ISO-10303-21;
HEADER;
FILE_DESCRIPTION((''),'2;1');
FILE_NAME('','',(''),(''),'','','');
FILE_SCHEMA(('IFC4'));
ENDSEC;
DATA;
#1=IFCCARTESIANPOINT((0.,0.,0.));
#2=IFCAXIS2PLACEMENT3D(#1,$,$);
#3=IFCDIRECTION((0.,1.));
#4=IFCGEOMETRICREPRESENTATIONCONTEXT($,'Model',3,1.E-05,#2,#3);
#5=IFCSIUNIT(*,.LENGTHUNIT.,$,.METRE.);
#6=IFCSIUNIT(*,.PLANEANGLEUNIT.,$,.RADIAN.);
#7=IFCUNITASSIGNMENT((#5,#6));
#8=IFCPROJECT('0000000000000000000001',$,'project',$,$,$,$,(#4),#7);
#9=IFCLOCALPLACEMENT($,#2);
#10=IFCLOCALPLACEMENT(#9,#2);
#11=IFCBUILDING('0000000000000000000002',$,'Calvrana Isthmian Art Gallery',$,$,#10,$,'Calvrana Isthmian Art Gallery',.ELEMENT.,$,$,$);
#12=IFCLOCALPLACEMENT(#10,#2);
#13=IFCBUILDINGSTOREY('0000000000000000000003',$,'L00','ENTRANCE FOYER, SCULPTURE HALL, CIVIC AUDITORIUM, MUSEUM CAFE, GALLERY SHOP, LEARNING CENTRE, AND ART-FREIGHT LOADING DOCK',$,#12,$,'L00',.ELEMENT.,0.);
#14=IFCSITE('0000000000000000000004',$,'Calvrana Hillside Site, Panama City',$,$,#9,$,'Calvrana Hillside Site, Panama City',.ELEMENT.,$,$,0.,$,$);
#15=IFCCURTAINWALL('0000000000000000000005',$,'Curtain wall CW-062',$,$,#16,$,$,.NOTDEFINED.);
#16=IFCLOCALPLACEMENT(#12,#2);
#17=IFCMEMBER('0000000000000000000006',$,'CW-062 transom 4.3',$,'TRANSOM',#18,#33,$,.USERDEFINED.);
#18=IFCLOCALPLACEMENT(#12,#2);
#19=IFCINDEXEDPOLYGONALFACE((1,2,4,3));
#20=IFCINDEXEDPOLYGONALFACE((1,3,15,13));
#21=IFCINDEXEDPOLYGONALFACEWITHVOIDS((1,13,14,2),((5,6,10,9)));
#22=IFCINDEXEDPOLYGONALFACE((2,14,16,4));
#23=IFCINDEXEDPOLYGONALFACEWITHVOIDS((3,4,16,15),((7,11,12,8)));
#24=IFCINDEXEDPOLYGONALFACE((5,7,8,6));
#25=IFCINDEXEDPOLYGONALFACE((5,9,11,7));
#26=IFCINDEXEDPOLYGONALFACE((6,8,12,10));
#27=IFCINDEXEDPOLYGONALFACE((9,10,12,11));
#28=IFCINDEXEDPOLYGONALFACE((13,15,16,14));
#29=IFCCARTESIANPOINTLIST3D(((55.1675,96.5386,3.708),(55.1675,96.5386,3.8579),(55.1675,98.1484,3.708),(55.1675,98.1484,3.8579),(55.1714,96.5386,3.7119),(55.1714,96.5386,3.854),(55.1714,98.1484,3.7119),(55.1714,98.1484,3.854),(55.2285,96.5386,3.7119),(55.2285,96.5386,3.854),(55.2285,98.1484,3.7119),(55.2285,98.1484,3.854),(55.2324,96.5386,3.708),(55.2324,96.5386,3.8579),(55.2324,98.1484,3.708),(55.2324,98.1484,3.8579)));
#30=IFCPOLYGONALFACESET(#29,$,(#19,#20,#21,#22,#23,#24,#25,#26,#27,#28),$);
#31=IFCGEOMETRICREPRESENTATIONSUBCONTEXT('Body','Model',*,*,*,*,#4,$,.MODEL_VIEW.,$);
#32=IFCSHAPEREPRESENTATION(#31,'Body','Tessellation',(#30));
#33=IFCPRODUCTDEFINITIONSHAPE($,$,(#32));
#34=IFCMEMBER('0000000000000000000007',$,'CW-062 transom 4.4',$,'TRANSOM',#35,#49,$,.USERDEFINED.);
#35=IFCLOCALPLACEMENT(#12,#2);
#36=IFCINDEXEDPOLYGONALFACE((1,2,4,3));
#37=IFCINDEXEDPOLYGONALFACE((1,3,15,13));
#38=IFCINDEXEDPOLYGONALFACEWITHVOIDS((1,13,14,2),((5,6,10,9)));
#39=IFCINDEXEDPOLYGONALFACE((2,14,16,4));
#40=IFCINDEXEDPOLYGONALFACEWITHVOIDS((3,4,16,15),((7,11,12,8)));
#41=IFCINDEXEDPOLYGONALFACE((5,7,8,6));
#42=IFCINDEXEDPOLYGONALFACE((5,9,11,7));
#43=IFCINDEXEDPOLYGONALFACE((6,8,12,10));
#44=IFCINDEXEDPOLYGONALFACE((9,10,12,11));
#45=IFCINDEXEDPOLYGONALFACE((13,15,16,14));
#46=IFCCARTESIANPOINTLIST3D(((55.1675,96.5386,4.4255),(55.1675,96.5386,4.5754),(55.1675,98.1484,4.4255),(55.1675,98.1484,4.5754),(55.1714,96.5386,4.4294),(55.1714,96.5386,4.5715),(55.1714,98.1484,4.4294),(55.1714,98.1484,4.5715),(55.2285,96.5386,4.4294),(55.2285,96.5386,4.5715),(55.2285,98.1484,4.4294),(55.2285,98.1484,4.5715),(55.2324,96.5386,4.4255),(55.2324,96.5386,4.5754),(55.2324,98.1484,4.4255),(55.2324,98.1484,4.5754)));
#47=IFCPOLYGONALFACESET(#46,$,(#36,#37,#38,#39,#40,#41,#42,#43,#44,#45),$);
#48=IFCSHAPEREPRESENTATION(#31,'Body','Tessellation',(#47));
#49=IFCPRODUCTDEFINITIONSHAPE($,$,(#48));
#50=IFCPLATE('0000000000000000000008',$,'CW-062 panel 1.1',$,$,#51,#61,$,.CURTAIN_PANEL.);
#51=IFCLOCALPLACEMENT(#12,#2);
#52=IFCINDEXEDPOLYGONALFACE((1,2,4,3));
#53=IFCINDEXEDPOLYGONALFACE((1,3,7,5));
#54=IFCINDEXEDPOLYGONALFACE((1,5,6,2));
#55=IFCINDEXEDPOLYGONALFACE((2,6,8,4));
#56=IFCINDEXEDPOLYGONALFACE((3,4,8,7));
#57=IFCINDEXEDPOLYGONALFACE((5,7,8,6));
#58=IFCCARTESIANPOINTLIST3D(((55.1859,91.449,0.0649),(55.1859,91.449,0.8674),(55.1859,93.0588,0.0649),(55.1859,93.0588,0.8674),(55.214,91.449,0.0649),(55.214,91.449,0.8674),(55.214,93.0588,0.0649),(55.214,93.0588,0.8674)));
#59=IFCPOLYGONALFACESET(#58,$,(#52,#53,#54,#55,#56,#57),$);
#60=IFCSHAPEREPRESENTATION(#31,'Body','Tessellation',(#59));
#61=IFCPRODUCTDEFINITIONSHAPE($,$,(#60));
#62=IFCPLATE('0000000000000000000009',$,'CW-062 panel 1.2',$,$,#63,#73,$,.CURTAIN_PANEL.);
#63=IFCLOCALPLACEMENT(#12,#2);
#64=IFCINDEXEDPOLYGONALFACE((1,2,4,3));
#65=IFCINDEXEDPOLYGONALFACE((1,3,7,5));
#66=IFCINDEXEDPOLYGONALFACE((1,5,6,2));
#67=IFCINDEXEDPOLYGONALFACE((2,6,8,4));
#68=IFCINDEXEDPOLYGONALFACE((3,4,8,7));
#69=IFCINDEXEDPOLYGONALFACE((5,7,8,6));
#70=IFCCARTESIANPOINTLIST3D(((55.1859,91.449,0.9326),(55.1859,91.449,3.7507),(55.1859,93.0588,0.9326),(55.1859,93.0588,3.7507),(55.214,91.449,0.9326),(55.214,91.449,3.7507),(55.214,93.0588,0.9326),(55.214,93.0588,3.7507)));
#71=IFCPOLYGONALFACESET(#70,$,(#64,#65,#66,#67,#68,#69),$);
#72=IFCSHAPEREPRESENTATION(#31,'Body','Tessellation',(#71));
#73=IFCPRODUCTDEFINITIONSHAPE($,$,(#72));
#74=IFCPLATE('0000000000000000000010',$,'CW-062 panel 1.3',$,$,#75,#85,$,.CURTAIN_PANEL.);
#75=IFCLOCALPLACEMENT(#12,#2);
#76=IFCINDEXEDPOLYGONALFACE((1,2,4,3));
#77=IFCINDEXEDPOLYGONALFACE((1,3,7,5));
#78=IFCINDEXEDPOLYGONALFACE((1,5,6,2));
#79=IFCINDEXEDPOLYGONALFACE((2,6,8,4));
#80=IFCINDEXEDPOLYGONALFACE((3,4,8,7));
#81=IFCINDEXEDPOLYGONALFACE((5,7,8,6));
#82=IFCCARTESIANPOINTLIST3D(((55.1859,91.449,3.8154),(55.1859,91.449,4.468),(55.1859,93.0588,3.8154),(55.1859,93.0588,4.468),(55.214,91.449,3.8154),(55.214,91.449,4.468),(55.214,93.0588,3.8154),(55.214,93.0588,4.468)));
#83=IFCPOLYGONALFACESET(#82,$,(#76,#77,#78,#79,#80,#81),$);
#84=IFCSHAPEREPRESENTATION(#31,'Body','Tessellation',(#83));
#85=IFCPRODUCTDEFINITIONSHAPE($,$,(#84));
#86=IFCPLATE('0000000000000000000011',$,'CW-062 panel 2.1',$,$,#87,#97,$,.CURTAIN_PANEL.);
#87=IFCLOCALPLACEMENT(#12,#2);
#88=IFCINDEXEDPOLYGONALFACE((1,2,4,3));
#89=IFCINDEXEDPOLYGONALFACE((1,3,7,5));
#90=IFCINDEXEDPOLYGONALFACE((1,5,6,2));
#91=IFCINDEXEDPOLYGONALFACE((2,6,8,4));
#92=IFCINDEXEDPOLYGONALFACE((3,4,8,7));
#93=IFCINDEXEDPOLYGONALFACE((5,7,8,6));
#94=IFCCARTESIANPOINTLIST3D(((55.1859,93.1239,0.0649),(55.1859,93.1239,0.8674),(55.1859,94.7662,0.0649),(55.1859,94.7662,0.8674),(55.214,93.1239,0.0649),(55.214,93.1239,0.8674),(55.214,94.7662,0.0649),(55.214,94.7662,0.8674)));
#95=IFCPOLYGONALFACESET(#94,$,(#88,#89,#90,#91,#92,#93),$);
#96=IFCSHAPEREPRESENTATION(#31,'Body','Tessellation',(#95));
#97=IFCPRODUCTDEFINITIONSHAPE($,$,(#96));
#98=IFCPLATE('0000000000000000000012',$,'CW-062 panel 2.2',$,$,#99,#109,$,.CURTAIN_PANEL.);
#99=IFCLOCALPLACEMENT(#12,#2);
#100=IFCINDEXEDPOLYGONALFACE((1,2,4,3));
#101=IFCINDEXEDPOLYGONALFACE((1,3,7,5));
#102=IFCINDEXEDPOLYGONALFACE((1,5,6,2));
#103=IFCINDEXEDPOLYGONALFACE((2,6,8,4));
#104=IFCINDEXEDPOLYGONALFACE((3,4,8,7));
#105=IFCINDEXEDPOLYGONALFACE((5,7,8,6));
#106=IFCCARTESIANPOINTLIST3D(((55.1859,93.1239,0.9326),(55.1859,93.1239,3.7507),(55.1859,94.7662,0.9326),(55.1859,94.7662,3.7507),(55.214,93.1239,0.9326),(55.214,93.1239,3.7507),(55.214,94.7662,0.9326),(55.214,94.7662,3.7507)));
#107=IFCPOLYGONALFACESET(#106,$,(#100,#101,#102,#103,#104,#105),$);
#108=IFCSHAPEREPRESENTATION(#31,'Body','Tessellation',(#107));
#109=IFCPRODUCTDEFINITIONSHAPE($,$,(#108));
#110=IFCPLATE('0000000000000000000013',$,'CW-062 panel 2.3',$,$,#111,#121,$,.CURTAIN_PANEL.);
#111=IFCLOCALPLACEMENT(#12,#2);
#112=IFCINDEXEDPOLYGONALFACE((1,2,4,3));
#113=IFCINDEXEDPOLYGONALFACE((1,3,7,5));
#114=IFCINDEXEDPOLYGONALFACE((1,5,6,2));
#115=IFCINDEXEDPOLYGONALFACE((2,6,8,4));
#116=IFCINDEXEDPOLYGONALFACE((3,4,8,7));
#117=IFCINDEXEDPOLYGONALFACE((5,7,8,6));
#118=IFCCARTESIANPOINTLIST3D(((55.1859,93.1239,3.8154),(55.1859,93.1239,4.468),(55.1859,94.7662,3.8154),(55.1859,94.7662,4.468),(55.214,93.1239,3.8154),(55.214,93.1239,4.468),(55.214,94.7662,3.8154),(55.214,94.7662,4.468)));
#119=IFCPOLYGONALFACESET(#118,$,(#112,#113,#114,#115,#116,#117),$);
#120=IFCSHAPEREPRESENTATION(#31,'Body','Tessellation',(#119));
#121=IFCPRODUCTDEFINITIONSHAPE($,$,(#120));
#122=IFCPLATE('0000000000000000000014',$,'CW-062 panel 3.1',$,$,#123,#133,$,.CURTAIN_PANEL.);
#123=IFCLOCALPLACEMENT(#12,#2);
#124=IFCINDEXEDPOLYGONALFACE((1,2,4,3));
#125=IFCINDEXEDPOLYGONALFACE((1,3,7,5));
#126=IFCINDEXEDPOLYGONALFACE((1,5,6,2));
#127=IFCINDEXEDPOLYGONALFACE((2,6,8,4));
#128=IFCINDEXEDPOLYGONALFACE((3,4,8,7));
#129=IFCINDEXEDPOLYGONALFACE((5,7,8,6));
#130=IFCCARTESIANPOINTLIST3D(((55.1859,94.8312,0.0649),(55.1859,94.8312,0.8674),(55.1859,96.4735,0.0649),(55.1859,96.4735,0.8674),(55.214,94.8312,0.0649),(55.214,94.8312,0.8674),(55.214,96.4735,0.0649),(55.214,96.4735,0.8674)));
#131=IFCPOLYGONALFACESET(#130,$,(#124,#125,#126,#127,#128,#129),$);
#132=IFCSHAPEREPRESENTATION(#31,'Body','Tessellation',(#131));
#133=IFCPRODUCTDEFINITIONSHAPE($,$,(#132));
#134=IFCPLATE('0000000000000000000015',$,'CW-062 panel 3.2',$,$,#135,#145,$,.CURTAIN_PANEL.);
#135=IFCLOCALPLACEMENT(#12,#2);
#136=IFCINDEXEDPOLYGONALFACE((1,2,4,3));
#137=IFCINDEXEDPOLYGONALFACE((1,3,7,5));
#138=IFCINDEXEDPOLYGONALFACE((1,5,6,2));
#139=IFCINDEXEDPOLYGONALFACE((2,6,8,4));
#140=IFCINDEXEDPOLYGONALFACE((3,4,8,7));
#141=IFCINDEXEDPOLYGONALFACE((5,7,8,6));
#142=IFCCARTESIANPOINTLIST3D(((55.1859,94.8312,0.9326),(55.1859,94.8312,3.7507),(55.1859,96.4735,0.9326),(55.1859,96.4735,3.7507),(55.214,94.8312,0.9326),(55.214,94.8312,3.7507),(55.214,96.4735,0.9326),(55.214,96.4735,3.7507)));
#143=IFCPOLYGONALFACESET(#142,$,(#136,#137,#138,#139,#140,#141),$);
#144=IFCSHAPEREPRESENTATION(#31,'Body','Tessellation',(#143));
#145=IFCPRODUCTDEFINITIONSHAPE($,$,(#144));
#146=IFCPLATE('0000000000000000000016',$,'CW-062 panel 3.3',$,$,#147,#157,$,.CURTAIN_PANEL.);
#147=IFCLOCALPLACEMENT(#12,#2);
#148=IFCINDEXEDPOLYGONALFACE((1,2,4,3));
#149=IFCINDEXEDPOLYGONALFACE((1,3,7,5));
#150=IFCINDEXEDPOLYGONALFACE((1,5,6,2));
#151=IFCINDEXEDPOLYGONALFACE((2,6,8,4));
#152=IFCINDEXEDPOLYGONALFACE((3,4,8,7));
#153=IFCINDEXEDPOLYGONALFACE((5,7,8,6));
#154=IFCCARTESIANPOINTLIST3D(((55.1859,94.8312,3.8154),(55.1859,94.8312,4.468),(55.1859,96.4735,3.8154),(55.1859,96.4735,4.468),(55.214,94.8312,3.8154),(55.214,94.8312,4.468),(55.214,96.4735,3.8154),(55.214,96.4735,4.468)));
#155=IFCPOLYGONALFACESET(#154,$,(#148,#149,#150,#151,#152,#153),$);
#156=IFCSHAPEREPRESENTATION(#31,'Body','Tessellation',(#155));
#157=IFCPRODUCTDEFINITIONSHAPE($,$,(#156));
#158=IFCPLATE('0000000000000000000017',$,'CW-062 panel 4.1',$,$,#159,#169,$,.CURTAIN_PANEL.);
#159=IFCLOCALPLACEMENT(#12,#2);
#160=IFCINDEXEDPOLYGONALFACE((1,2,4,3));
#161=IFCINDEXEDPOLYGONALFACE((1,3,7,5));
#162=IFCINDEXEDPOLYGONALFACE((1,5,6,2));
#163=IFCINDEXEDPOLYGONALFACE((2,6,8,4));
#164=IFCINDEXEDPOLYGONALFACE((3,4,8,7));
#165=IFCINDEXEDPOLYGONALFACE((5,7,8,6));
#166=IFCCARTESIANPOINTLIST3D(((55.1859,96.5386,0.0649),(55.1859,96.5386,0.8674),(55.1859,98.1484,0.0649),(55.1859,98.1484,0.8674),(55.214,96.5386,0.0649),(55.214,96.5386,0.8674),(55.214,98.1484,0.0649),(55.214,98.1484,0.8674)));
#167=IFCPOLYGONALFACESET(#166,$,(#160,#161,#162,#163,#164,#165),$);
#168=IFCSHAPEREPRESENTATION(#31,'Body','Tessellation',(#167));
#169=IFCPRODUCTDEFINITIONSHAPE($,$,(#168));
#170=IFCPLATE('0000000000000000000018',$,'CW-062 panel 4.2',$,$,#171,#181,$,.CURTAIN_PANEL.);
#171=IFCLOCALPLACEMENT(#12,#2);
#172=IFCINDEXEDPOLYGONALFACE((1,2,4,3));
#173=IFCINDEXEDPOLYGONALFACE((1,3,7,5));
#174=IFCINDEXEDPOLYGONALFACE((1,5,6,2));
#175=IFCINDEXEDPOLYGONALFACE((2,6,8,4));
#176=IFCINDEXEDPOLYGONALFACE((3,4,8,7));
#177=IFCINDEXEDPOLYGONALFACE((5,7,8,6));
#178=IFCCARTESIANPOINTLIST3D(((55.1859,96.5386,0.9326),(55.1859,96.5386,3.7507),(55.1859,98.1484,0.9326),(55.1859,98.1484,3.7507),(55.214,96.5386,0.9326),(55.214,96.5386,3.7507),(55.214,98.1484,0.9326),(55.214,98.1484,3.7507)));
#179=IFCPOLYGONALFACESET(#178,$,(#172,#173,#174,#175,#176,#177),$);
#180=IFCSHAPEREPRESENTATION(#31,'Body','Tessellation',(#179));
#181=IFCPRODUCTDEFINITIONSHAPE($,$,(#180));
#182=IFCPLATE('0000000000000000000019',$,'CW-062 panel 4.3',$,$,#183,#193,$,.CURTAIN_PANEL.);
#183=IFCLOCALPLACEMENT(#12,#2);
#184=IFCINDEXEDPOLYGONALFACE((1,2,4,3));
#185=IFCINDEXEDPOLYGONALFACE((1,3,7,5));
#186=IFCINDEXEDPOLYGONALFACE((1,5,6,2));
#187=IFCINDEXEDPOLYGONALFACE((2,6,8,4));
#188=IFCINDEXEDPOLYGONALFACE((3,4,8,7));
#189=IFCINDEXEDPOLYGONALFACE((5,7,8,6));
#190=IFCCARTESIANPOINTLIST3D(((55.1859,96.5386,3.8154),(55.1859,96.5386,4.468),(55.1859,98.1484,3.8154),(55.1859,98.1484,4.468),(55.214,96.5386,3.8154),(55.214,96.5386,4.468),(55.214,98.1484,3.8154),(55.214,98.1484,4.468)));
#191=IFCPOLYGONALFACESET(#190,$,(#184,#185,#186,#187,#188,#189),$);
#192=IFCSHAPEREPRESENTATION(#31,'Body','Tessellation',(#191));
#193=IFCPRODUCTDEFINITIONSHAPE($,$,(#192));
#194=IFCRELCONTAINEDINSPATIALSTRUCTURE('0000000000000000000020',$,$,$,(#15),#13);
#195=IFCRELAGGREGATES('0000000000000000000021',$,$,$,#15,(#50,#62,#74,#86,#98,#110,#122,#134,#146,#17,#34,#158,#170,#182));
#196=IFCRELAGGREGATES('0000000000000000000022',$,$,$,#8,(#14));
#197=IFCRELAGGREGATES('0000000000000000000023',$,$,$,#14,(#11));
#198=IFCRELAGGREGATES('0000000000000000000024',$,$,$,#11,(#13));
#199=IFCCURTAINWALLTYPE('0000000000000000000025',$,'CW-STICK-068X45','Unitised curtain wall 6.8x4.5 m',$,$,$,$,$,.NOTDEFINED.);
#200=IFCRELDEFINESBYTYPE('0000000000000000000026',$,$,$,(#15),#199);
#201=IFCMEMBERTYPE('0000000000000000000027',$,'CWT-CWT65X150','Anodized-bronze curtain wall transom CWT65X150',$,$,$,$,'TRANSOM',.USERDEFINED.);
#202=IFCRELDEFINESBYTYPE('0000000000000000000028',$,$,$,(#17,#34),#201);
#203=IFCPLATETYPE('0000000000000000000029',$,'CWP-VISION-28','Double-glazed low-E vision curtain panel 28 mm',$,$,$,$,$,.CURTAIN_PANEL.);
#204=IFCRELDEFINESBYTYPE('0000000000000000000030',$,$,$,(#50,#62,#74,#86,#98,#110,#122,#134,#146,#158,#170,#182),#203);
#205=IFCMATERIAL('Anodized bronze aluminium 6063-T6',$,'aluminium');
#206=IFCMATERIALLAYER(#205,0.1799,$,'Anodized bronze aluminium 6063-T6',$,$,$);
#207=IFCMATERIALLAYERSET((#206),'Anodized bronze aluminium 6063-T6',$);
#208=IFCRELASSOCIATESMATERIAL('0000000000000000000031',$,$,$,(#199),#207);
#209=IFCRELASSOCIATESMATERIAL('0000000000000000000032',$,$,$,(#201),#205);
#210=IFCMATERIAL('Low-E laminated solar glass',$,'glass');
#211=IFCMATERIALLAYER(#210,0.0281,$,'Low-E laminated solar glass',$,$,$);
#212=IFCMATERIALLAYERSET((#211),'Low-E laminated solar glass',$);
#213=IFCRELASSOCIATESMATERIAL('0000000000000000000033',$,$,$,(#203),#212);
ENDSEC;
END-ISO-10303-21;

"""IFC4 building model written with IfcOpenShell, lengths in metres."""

from ifc_helpers import new_model, si_unit, direction, frame, origin, origin_2d, place, context, subcontext, project, spatial, rectangle, hollow_rectangle, extrude, material, layer, layer_set, material_profile, profile_set, type_object, element, aggregate, save


model = new_model("IFC4")

# Units and contexts
model_context = context("Model", 3, precision=1e-05, world=origin(), true_north=direction((0.0, 1.0)))
body_context = subcontext(model_context, "Body", "Model", "MODEL_VIEW")
ifc_project = project(units=[si_unit("LENGTHUNIT", "METRE"), si_unit("PLANEANGLEUNIT", "RADIAN")], contexts=[model_context])

# Site, building, storey
site_placement = place(None, origin())
site = spatial("IfcSite", under=ifc_project, at=site_placement, Name="Calvrana Hillside Site, Panama City", LongName="Calvrana Hillside Site, Panama City", CompositionType="ELEMENT", RefElevation=0.0)
building_placement = place(site_placement, origin())
building = spatial("IfcBuilding", under=site, at=building_placement, Name="Calvrana Isthmian Art Gallery", LongName="Calvrana Isthmian Art Gallery", CompositionType="ELEMENT")
storey_placement = place(building_placement, origin())
storey = spatial("IfcBuildingStorey", under=building, at=storey_placement, Name="L00", Description="ENTRANCE FOYER, SCULPTURE HALL, CIVIC AUDITORIUM, MUSEUM CAFE, GALLERY SHOP, LEARNING CENTRE, AND ART-FREIGHT LOADING DOCK", LongName="L00", CompositionType="ELEMENT", Elevation=0.0)

# Curtain wall, members, plates
ifc_material_1 = material(Name="Anodized bronze aluminium 6063-T6", Category="aluminium")
ifc_layer_1 = layer(ifc_material_1, 0.1799, Name="Anodized bronze aluminium 6063-T6")
ifc_layer_set_1 = layer_set([ifc_layer_1], Name="Anodized bronze aluminium 6063-T6")
curtain_wall_type = type_object("IfcCurtainWallType", Name="CW-STICK-068X45", Description="Unitised curtain wall 6.8x4.5 m", PredefinedType="NOTDEFINED", material=ifc_layer_set_1)
curtain_wall_placement = place(storey_placement, origin())
curtain_wall = element("IfcCurtainWall", 1, at=curtain_wall_placement, inside=storey, type_object=curtain_wall_type, Name="Curtain wall CW-062", PredefinedType="NOTDEFINED")
ifc_material_profile_1 = material_profile(ifc_material_1, hollow_rectangle(XDim=0.0649, YDim=0.1499, WallThickness=0.0039, at=origin_2d()), Name="CWT65X150")
ifc_profile_set_1 = profile_set([ifc_material_profile_1], Name="Anodized bronze aluminium 6063-T6")
member_type_1 = type_object("IfcMemberType", Name="CWT-CWT65X150", Description="Anodized-bronze curtain wall transom CWT65X150", ElementType="TRANSOM", PredefinedType="USERDEFINED", material=ifc_profile_set_1)
member_1_placement = place(storey_placement, frame((55.2, 96.5386, 3.783), z_axis=(0.0, 1.0, 0.0), x_axis=(-1.0, 0.0, 0.0)))
member_1 = element("IfcMember", 2, at=member_1_placement, type_object=member_type_1, Name="CW-062 transom 4.3", ObjectType="TRANSOM", PredefinedType="USERDEFINED", context=body_context, shape_type="SweptSolid", body=[
    extrude(hollow_rectangle(XDim=0.0649, YDim=0.1499, WallThickness=0.0039, at=origin_2d()), origin(), (0.0, 0.0, 1.0), 1.6099),
])
member_2_placement = place(storey_placement, frame((55.2, 96.5386, 4.5005), z_axis=(0.0, 1.0, 0.0), x_axis=(-1.0, 0.0, 0.0)))
member_2 = element("IfcMember", 3, at=member_2_placement, type_object=member_type_1, Name="CW-062 transom 4.4", ObjectType="TRANSOM", PredefinedType="USERDEFINED", context=body_context, shape_type="SweptSolid", body=[
    extrude(hollow_rectangle(XDim=0.0649, YDim=0.1499, WallThickness=0.0039, at=origin_2d()), origin(), (0.0, 0.0, 1.0), 1.6099),
])
ifc_material_2 = material(Name="Low-E laminated solar glass", Category="glass")
ifc_layer_2 = layer(ifc_material_2, 0.0281, Name="Low-E laminated solar glass")
ifc_layer_set_2 = layer_set([ifc_layer_2], Name="Low-E laminated solar glass")
plate_type = type_object("IfcPlateType", Name="CWP-VISION-28", Description="Double-glazed low-E vision curtain panel 28 mm", PredefinedType="CURTAIN_PANEL", material=ifc_layer_set_2)
plate_1_placement = place(storey_placement, frame((55.2, 92.2539, 0.0649), z_axis=(0.0, 0.0, 1.0), x_axis=(0.0, 1.0, 0.0)))
plate_1 = element("IfcPlate", 4, at=plate_1_placement, type_object=plate_type, Name="CW-062 panel 1.1", PredefinedType="CURTAIN_PANEL", context=body_context, shape_type="SweptSolid", body=[
    extrude(rectangle(XDim=1.6099, YDim=0.0281, at=origin_2d()), origin(), (0.0, 0.0, 1.0), 0.8025),
])
plate_2_placement = place(storey_placement, frame((55.2, 92.2539, 0.9326), z_axis=(0.0, 0.0, 1.0), x_axis=(0.0, 1.0, 0.0)))
plate_2 = element("IfcPlate", 5, at=plate_2_placement, type_object=plate_type, Name="CW-062 panel 1.2", PredefinedType="CURTAIN_PANEL", context=body_context, shape_type="SweptSolid", body=[
    extrude(rectangle(XDim=1.6099, YDim=0.0281, at=origin_2d()), origin(), (0.0, 0.0, 1.0), 2.8181),
])
plate_3_placement = place(storey_placement, frame((55.2, 92.2539, 3.8154), z_axis=(0.0, 0.0, 1.0), x_axis=(0.0, 1.0, 0.0)))
plate_3 = element("IfcPlate", 6, at=plate_3_placement, type_object=plate_type, Name="CW-062 panel 1.3", PredefinedType="CURTAIN_PANEL", context=body_context, shape_type="SweptSolid", body=[
    extrude(rectangle(XDim=1.6099, YDim=0.0281, at=origin_2d()), origin(), (0.0, 0.0, 1.0), 0.6526),
])
plate_4_placement = place(storey_placement, frame((55.2, 93.9451, 0.0649), z_axis=(0.0, 0.0, 1.0), x_axis=(0.0, 1.0, 0.0)))
plate_4 = element("IfcPlate", 7, at=plate_4_placement, type_object=plate_type, Name="CW-062 panel 2.1", PredefinedType="CURTAIN_PANEL", context=body_context, shape_type="SweptSolid", body=[
    extrude(rectangle(XDim=1.6423, YDim=0.0281, at=origin_2d()), origin(), (0.0, 0.0, 1.0), 0.8025),
])
plate_5_placement = place(storey_placement, frame((55.2, 93.9451, 0.9326), z_axis=(0.0, 0.0, 1.0), x_axis=(0.0, 1.0, 0.0)))
plate_5 = element("IfcPlate", 8, at=plate_5_placement, type_object=plate_type, Name="CW-062 panel 2.2", PredefinedType="CURTAIN_PANEL", context=body_context, shape_type="SweptSolid", body=[
    extrude(rectangle(XDim=1.6423, YDim=0.0281, at=origin_2d()), origin(), (0.0, 0.0, 1.0), 2.8181),
])
plate_6_placement = place(storey_placement, frame((55.2, 93.9451, 3.8154), z_axis=(0.0, 0.0, 1.0), x_axis=(0.0, 1.0, 0.0)))
plate_6 = element("IfcPlate", 9, at=plate_6_placement, type_object=plate_type, Name="CW-062 panel 2.3", PredefinedType="CURTAIN_PANEL", context=body_context, shape_type="SweptSolid", body=[
    extrude(rectangle(XDim=1.6423, YDim=0.0281, at=origin_2d()), origin(), (0.0, 0.0, 1.0), 0.6526),
])
plate_7_placement = place(storey_placement, frame((55.2, 95.6523, 0.0649), z_axis=(0.0, 0.0, 1.0), x_axis=(0.0, 1.0, 0.0)))
plate_7 = element("IfcPlate", 10, at=plate_7_placement, type_object=plate_type, Name="CW-062 panel 3.1", PredefinedType="CURTAIN_PANEL", context=body_context, shape_type="SweptSolid", body=[
    extrude(rectangle(XDim=1.6423, YDim=0.0281, at=origin_2d()), origin(), (0.0, 0.0, 1.0), 0.8025),
])
plate_8_placement = place(storey_placement, frame((55.2, 95.6523, 0.9326), z_axis=(0.0, 0.0, 1.0), x_axis=(0.0, 1.0, 0.0)))
plate_8 = element("IfcPlate", 11, at=plate_8_placement, type_object=plate_type, Name="CW-062 panel 3.2", PredefinedType="CURTAIN_PANEL", context=body_context, shape_type="SweptSolid", body=[
    extrude(rectangle(XDim=1.6423, YDim=0.0281, at=origin_2d()), origin(), (0.0, 0.0, 1.0), 2.8181),
])
plate_9_placement = place(storey_placement, frame((55.2, 95.6523, 3.8154), z_axis=(0.0, 0.0, 1.0), x_axis=(0.0, 1.0, 0.0)))
plate_9 = element("IfcPlate", 12, at=plate_9_placement, type_object=plate_type, Name="CW-062 panel 3.3", PredefinedType="CURTAIN_PANEL", context=body_context, shape_type="SweptSolid", body=[
    extrude(rectangle(XDim=1.6423, YDim=0.0281, at=origin_2d()), origin(), (0.0, 0.0, 1.0), 0.6526),
])
plate_10_placement = place(storey_placement, frame((55.2, 97.3435, 0.0649), z_axis=(0.0, 0.0, 1.0), x_axis=(0.0, 1.0, 0.0)))
plate_10 = element("IfcPlate", 13, at=plate_10_placement, type_object=plate_type, Name="CW-062 panel 4.1", PredefinedType="CURTAIN_PANEL", context=body_context, shape_type="SweptSolid", body=[
    extrude(rectangle(XDim=1.6099, YDim=0.0281, at=origin_2d()), origin(), (0.0, 0.0, 1.0), 0.8025),
])
plate_11_placement = place(storey_placement, frame((55.2, 97.3435, 0.9326), z_axis=(0.0, 0.0, 1.0), x_axis=(0.0, 1.0, 0.0)))
plate_11 = element("IfcPlate", 14, at=plate_11_placement, type_object=plate_type, Name="CW-062 panel 4.2", PredefinedType="CURTAIN_PANEL", context=body_context, shape_type="SweptSolid", body=[
    extrude(rectangle(XDim=1.6099, YDim=0.0281, at=origin_2d()), origin(), (0.0, 0.0, 1.0), 2.8181),
])
plate_12_placement = place(storey_placement, frame((55.2, 97.3435, 3.8154), z_axis=(0.0, 0.0, 1.0), x_axis=(0.0, 1.0, 0.0)))
plate_12 = element("IfcPlate", 15, at=plate_12_placement, type_object=plate_type, Name="CW-062 panel 4.3", PredefinedType="CURTAIN_PANEL", context=body_context, shape_type="SweptSolid", body=[
    extrude(rectangle(XDim=1.6099, YDim=0.0281, at=origin_2d()), origin(), (0.0, 0.0, 1.0), 0.6526),
])
aggregate(curtain_wall, [plate_1, plate_2, plate_3, plate_4, plate_5, plate_6, plate_7, plate_8, plate_9, member_1, member_2, plate_10, plate_11, plate_12])

save(model, "model.ifc")
